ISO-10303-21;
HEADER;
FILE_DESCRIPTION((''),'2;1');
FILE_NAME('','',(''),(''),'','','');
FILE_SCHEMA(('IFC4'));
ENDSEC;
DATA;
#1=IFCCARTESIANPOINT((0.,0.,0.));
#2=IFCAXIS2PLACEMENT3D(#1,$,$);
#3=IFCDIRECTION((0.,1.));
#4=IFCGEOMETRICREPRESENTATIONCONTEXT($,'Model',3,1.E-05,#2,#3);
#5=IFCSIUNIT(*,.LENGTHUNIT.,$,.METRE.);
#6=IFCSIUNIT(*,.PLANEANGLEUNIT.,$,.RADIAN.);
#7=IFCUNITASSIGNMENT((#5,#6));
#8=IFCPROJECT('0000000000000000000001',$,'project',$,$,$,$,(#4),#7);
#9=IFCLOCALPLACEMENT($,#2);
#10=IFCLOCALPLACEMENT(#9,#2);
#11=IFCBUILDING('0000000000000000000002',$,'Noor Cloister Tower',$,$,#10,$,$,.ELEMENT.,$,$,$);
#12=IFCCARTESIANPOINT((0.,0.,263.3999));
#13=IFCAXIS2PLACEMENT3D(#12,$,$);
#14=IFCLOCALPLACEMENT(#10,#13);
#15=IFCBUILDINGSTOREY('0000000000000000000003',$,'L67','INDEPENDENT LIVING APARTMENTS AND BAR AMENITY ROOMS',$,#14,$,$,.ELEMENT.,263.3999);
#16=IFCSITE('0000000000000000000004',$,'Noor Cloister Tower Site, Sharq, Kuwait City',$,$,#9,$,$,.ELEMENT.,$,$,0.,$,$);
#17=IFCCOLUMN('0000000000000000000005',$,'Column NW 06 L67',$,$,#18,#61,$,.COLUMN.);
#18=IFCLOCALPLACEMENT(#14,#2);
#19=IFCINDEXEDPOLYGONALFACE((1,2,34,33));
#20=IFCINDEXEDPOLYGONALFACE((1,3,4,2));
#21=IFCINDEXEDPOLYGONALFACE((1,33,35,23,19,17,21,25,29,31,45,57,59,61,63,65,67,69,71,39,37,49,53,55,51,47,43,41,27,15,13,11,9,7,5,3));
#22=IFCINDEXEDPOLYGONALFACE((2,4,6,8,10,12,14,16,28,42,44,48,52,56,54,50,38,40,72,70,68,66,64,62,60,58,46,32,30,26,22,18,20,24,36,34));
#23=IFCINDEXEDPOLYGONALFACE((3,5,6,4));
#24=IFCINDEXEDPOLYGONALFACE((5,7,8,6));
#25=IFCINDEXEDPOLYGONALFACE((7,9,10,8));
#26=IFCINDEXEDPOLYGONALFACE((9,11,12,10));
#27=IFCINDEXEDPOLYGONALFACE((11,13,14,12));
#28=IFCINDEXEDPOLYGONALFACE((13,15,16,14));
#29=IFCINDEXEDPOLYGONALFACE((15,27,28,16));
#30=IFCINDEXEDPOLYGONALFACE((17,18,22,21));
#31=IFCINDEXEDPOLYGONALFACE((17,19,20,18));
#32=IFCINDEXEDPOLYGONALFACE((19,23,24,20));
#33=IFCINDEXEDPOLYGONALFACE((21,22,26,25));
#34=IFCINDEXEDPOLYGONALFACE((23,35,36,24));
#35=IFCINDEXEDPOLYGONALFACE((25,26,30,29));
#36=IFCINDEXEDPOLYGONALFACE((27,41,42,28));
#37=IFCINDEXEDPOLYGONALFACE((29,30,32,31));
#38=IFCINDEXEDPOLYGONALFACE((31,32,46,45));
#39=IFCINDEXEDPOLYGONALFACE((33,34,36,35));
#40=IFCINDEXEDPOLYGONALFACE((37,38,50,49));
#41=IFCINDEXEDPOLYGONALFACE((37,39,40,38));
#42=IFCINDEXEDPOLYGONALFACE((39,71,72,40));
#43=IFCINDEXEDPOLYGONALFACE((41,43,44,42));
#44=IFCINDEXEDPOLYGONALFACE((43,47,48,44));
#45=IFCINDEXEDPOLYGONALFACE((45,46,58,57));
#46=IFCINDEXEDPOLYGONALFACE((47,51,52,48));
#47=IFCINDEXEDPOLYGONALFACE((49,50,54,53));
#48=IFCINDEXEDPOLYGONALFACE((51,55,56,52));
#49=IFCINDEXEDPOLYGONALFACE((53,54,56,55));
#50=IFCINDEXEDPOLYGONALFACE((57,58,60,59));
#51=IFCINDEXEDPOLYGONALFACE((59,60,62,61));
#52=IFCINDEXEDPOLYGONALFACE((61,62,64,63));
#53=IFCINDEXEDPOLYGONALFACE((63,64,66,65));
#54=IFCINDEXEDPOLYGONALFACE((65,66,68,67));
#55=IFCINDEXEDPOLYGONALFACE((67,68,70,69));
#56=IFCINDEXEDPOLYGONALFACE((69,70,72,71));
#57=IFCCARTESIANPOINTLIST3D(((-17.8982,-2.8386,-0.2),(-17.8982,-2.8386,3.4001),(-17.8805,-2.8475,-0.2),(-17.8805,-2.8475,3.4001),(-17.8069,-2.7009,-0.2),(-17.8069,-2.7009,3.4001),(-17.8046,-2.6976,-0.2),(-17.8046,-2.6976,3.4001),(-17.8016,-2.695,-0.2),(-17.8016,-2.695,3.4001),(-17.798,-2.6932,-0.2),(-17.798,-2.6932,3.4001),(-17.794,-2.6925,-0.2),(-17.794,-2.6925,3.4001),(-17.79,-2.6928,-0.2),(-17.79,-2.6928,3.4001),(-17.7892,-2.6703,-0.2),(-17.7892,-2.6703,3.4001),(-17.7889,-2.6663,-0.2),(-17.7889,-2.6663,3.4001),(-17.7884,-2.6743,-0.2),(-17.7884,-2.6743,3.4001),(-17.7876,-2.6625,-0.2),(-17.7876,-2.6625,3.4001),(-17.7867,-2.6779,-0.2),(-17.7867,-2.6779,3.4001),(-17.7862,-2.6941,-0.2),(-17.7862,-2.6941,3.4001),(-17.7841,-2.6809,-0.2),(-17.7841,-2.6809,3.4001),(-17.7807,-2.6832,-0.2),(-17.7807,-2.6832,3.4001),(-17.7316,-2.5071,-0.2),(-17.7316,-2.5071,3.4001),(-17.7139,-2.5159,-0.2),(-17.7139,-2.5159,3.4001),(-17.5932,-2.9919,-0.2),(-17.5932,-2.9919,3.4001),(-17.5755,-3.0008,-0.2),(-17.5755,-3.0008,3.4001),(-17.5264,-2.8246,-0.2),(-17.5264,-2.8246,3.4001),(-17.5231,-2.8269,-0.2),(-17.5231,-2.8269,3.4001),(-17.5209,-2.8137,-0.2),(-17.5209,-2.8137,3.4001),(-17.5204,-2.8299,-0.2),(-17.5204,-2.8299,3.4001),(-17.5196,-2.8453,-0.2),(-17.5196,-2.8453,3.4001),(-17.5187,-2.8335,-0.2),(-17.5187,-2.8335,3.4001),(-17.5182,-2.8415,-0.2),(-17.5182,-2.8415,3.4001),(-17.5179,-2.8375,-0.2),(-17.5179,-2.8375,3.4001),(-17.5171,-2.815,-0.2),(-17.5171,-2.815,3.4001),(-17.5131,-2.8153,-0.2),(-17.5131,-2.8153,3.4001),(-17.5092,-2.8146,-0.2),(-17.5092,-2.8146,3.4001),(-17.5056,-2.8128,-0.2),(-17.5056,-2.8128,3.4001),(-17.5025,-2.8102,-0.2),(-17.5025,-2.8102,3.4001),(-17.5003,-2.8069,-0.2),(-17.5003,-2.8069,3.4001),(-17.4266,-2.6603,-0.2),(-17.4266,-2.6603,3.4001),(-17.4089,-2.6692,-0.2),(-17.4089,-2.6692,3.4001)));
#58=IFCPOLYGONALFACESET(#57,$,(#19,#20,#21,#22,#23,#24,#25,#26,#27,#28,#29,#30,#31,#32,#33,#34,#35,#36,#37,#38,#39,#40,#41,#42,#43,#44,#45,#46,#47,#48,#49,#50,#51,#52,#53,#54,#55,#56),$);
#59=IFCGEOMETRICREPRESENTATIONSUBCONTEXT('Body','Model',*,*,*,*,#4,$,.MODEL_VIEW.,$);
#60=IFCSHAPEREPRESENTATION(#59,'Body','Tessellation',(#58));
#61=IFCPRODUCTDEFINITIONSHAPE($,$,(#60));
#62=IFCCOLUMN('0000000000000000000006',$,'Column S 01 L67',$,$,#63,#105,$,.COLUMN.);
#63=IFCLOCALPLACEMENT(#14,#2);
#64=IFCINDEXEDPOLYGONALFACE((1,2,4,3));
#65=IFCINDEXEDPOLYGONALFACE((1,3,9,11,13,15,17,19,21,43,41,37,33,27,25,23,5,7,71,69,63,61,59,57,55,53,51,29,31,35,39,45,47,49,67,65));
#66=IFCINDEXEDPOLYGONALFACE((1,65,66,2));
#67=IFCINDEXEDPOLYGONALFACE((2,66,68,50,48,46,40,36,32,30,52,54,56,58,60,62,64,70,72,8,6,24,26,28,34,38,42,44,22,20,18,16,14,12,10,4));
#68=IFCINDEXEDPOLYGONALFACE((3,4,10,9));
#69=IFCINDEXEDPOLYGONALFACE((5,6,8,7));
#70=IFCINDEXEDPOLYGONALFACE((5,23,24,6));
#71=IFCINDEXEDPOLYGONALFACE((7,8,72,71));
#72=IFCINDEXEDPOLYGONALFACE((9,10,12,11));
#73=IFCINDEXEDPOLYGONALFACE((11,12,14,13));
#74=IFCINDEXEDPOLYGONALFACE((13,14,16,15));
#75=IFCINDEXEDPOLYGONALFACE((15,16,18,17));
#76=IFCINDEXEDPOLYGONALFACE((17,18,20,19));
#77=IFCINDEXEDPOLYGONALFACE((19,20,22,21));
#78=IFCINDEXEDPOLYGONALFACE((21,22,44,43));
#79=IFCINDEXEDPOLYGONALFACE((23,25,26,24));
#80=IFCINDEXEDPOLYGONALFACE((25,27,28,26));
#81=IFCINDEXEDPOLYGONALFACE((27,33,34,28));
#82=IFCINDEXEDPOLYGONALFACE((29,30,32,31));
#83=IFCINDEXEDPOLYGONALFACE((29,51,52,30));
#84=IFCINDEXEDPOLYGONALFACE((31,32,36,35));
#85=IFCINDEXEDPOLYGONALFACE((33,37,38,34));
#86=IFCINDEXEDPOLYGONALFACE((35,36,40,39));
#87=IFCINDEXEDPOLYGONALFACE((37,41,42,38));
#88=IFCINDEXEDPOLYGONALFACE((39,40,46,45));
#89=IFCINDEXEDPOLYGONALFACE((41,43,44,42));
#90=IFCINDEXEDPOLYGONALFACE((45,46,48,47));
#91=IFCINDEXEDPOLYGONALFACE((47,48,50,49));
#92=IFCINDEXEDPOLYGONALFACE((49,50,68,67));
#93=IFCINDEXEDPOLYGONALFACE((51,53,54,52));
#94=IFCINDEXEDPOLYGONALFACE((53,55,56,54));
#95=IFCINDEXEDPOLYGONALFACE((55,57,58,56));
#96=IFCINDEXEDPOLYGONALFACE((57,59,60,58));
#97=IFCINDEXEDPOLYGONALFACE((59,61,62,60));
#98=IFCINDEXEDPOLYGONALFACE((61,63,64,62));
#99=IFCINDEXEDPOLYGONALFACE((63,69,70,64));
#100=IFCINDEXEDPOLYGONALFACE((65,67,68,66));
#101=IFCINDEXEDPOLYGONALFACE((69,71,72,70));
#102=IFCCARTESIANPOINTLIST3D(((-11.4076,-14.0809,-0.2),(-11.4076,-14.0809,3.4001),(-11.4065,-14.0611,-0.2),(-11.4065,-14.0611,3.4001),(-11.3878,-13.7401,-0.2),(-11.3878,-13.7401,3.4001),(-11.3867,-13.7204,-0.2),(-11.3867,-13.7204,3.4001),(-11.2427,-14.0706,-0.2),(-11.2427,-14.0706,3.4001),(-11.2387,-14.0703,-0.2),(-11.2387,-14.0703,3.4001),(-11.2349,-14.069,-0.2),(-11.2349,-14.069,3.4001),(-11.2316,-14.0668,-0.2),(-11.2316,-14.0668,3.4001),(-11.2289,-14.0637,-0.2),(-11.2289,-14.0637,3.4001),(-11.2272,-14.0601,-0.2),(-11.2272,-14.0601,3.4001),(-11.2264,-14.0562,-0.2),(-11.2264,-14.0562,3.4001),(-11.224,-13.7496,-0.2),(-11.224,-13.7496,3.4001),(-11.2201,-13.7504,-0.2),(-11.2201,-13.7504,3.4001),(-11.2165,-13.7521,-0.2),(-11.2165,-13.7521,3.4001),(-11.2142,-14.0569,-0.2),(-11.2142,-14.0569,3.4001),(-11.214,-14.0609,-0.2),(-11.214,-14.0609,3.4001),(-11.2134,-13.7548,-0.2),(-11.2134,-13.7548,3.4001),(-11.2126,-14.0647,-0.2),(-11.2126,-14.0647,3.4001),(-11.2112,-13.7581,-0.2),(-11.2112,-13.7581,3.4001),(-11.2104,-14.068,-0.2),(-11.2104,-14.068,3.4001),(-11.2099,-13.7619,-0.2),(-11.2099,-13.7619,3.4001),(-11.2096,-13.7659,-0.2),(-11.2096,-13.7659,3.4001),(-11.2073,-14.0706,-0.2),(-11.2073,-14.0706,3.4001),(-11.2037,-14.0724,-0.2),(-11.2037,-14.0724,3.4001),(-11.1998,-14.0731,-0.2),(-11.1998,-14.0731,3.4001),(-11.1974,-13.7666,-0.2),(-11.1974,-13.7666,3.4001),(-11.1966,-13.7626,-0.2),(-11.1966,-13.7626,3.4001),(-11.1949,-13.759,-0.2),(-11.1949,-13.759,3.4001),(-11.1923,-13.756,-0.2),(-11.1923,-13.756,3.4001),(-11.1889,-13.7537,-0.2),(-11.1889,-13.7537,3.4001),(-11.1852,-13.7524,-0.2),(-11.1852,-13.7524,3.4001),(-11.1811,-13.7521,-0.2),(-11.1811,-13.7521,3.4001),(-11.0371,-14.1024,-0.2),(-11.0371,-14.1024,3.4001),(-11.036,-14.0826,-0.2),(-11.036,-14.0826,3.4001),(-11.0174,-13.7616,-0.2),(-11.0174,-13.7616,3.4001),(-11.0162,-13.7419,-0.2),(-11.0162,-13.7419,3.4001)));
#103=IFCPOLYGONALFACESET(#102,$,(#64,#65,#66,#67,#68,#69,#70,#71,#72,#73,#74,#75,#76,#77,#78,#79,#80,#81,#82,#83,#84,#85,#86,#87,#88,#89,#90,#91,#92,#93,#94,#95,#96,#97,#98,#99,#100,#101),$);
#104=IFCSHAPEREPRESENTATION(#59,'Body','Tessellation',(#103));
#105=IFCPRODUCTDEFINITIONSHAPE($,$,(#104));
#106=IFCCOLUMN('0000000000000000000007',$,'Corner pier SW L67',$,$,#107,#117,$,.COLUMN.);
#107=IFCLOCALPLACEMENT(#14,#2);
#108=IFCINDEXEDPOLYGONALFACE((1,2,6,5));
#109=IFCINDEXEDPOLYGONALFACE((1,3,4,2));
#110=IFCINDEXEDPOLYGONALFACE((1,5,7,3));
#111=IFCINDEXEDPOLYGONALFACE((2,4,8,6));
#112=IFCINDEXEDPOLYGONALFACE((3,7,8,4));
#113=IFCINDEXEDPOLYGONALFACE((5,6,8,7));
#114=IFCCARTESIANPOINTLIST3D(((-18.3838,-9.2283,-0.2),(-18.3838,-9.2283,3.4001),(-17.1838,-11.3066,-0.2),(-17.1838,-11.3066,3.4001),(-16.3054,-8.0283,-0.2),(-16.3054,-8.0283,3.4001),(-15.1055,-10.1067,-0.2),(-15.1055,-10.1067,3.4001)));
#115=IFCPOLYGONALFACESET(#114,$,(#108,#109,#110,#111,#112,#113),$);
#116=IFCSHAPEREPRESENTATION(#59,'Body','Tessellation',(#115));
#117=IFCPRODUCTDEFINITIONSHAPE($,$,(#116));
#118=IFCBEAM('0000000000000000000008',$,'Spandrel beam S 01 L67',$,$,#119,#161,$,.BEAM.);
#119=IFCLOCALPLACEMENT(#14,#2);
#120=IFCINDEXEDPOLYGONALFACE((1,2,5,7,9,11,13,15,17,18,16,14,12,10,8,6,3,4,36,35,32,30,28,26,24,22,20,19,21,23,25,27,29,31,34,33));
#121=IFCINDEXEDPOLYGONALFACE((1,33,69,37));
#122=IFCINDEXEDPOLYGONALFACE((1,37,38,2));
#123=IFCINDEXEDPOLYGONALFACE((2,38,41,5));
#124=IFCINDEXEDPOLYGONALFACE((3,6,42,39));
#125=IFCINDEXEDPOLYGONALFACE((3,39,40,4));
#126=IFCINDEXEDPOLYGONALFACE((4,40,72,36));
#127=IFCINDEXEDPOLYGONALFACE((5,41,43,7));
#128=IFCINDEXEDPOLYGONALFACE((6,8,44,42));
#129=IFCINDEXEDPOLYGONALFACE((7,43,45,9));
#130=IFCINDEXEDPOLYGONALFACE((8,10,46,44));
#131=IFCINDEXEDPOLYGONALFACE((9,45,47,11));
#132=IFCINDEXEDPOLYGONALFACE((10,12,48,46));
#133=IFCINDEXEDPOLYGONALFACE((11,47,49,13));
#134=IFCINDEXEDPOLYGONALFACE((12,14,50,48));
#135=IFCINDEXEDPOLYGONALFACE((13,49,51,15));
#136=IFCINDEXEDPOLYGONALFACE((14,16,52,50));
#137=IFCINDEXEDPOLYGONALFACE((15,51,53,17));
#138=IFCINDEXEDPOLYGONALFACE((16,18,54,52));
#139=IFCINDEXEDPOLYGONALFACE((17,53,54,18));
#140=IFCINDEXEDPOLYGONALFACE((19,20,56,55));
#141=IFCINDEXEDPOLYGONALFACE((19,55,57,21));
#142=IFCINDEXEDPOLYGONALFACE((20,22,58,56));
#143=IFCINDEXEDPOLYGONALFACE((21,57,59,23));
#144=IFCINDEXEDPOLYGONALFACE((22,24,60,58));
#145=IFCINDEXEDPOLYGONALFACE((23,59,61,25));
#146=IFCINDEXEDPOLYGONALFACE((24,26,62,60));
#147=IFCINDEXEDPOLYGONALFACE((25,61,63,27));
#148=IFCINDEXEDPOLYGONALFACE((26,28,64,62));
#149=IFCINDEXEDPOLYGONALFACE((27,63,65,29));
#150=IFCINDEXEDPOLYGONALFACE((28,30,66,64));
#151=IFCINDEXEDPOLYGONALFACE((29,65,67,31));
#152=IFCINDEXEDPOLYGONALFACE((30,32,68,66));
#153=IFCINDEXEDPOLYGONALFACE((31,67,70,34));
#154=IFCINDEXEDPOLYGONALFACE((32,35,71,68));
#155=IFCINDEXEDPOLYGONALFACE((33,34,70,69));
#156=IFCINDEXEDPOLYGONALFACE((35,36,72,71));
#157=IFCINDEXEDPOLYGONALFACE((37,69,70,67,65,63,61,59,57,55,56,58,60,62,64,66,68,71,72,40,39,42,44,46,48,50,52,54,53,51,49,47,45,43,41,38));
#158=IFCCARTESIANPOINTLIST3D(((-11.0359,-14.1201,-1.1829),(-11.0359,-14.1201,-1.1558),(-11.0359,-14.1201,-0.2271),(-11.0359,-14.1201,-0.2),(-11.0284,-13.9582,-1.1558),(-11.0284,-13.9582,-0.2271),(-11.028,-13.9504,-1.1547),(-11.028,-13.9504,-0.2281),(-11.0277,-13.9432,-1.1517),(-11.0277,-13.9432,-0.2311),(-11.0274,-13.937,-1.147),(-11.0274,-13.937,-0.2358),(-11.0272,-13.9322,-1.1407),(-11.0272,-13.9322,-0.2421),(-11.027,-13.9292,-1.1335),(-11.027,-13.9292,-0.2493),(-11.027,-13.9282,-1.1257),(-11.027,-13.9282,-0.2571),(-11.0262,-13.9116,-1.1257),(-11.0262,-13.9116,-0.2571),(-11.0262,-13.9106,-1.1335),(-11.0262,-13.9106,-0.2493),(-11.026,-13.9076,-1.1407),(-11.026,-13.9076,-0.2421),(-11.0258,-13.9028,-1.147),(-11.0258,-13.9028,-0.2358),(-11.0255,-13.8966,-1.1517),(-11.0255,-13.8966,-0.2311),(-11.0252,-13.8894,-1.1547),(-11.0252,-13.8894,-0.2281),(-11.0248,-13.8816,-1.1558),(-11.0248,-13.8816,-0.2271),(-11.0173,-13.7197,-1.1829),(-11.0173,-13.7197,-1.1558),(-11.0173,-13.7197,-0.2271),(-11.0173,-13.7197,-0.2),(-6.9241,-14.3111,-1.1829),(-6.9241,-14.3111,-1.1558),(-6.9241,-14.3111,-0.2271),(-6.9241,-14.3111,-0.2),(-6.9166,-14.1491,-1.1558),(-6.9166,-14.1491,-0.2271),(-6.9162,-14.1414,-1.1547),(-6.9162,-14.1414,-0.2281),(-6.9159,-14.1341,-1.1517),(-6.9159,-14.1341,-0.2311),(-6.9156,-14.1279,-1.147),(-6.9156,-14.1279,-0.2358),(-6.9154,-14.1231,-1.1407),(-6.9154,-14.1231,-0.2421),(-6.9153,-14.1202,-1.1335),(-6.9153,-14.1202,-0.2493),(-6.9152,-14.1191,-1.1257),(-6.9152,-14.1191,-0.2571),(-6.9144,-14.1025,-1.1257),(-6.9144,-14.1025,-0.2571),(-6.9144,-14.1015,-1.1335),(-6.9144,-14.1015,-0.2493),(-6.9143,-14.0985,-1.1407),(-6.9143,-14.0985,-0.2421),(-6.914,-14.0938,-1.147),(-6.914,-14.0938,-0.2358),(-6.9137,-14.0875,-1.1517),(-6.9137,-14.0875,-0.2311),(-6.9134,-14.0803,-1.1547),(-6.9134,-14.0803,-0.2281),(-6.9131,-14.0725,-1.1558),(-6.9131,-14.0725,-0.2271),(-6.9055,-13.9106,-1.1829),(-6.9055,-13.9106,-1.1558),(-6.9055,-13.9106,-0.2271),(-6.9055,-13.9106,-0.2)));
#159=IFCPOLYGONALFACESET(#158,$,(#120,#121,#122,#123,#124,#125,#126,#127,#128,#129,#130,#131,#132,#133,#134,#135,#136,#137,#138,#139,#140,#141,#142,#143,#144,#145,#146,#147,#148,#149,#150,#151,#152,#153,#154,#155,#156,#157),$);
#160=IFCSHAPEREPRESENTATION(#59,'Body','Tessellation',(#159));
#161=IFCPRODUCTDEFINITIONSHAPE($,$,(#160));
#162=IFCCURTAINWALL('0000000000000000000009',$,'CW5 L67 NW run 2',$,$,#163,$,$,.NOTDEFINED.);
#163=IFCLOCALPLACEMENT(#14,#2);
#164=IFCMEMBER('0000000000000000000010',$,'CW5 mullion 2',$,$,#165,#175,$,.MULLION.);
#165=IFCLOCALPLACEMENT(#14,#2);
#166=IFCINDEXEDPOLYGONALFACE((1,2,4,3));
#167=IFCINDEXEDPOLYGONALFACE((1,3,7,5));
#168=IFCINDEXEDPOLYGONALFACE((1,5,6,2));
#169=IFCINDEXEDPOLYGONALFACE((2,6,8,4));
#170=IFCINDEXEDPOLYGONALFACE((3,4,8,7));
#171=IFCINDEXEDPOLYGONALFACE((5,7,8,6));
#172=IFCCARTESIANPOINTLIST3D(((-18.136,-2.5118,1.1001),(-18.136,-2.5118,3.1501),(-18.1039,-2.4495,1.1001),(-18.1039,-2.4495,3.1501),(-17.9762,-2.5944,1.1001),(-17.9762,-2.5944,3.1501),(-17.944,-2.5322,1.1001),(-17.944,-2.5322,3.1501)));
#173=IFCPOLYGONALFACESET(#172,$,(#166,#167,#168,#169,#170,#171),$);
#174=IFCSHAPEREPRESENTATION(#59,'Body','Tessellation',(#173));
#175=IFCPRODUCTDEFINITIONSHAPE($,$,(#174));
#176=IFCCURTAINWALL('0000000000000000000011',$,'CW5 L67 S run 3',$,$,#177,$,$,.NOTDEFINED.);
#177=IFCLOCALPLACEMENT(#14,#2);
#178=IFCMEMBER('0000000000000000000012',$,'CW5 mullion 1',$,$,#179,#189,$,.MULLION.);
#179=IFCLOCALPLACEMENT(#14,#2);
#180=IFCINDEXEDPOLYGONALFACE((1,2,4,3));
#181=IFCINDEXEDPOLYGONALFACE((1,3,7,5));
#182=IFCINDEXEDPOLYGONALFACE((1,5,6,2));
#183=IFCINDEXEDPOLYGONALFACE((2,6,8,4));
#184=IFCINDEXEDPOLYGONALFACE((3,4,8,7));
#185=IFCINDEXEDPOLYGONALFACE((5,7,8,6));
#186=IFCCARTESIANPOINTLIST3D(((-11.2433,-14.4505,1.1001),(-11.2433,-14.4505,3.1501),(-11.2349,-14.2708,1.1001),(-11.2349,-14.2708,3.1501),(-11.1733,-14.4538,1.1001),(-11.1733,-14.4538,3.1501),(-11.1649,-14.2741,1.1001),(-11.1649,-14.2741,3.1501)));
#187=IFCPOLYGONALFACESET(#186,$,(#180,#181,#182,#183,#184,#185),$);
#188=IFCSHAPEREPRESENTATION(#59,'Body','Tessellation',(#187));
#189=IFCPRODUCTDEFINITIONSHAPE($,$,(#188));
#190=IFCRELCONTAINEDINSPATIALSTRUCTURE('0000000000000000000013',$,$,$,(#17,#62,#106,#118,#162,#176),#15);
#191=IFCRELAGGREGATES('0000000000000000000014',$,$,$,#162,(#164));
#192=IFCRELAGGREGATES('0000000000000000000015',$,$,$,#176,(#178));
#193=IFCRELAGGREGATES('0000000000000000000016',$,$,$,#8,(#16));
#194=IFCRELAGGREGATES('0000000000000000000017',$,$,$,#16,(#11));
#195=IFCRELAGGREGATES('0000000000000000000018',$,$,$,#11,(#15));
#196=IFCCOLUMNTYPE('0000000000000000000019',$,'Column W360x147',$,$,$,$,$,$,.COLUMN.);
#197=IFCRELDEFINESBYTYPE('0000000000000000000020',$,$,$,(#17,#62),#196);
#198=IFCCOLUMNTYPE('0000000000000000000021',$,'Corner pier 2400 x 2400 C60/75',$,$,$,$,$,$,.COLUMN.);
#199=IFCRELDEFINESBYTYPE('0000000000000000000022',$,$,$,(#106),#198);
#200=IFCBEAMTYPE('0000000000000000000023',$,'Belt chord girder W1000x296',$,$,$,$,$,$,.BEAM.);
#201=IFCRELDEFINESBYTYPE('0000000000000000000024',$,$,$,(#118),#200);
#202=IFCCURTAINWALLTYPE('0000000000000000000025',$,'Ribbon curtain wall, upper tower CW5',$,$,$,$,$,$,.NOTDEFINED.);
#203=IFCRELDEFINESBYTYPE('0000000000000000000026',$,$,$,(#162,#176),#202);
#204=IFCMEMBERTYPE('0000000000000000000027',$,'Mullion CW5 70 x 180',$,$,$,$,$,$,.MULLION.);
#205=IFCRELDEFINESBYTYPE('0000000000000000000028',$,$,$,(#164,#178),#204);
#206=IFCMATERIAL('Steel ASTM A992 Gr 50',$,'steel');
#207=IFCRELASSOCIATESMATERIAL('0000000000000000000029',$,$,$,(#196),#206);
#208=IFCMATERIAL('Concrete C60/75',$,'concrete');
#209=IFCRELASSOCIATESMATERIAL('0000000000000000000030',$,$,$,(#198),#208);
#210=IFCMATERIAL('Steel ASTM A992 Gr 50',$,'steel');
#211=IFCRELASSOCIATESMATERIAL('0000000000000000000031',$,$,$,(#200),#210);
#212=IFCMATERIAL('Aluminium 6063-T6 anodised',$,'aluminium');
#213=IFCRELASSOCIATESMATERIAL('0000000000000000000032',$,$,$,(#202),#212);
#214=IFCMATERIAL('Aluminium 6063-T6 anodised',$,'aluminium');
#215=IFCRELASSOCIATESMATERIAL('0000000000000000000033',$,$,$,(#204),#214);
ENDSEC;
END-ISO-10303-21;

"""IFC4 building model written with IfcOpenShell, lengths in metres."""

from ifc_helpers import new_model, si_unit, direction, frame, origin, origin_2d, place, context, subcontext, project, spatial, rectangle, i_section, extrude, material, material_profile, profile_set, type_object, element, aggregate, save


model = new_model("IFC4")

# Units and contexts
model_context = context("Model", 3, precision=1e-05, world=origin(), true_north=direction((0.0, 1.0)))
body_context = subcontext(model_context, "Body", "Model", "MODEL_VIEW")
ifc_project = project(units=[si_unit("LENGTHUNIT", "METRE"), si_unit("PLANEANGLEUNIT", "RADIAN")], contexts=[model_context])

# Site, building, storey
site_placement = place(None, origin())
site = spatial("IfcSite", under=ifc_project, at=site_placement, Name="Noor Cloister Tower Site, Sharq, Kuwait City", CompositionType="ELEMENT", RefElevation=0.0)
building_placement = place(site_placement, origin())
building = spatial("IfcBuilding", under=site, at=building_placement, Name="Noor Cloister Tower", CompositionType="ELEMENT")
storey_placement = place(building_placement, frame((0.0, 0.0, 263.3999)))
storey = spatial("IfcBuildingStorey", under=building, at=storey_placement, Name="L67", Description="INDEPENDENT LIVING APARTMENTS AND BAR AMENITY ROOMS", CompositionType="ELEMENT", Elevation=263.3999)

# Columns
ifc_material_1 = material(Name="Steel ASTM A992 Gr 50", Category="steel")
ifc_material_profile_1 = material_profile(ifc_material_1, i_section(OverallWidth=0.3711, OverallDepth=0.3611, WebThickness=0.0122, FlangeThickness=0.0198, FilletRadius=0.0154, at=origin_2d()), Name="W360x147")
ifc_profile_set_1 = profile_set([ifc_material_profile_1], Name="Steel ASTM A992 Gr 50")
column_type_1 = type_object("IfcColumnType", Name="Column W360x147", PredefinedType="COLUMN", material=ifc_profile_set_1)
for number, where, z_axis, x_axis, name in (
    (1, (-17.6536, -2.7539, -0.2), (0.0, 0.0, 1.0), (-0.448975, -0.893544, 0.0), "Column NW 06 L67"),
    (2, (-11.2119, -13.9114, -0.2), (0.0, 0.0, 1.0), (0.99832, -0.057948, 0.0), "Column S 01 L67"),
):
    element("IfcColumn", number, at=place(storey_placement, frame(where, z_axis=z_axis, x_axis=x_axis)), inside=storey, type_object=column_type_1, Name=name, PredefinedType="COLUMN", context=body_context, shape_type="SweptSolid", body=[
        extrude(i_section(OverallWidth=0.3711, OverallDepth=0.3611, WebThickness=0.0122, FlangeThickness=0.0198, FilletRadius=0.0154, at=origin_2d()), origin(), (0.0, 0.0, 1.0), 3.6001),
    ])
ifc_material_2 = material(Name="Concrete C60/75", Category="concrete")
ifc_material_profile_2 = material_profile(ifc_material_2, rectangle(XDim=2.3999, YDim=2.3999, at=origin_2d()), Name="RC 2400x2400")
ifc_profile_set_2 = profile_set([ifc_material_profile_2], Name="Concrete C60/75")
column_type_2 = type_object("IfcColumnType", Name="Corner pier 2400 x 2400 C60/75", PredefinedType="COLUMN", material=ifc_profile_set_2)
column_placement = place(storey_placement, frame((-16.7446, -9.6675, -0.2), z_axis=(0.0, 0.0, 1.0), x_axis=(-0.866025, -0.5, 0.0)))
element("IfcColumn", 3, at=column_placement, inside=storey, type_object=column_type_2, Name="Corner pier SW L67", PredefinedType="COLUMN", context=body_context, shape_type="SweptSolid", body=[
    extrude(rectangle(XDim=2.3999, YDim=2.3999, at=origin_2d()), origin(), (0.0, 0.0, 1.0), 3.6001),
])

# Beam
ifc_material_3 = material(Name="Steel ASTM A992 Gr 50", Category="steel")
ifc_material_profile_3 = material_profile(ifc_material_3, i_section(OverallWidth=0.4009, OverallDepth=0.9829, WebThickness=0.0166, FlangeThickness=0.0271, FilletRadius=0.03, at=origin_2d()), Name="W1000x296")
ifc_profile_set_3 = profile_set([ifc_material_profile_3], Name="Steel ASTM A992 Gr 50")
beam_type_1 = type_object("IfcBeamType", Name="Belt chord girder W1000x296", PredefinedType="BEAM", material=ifc_profile_set_3)
beam_1_placement = place(storey_placement, frame((-11.0266, -13.9199, -0.6914), z_axis=(0.998924, -0.046382, 0.0), x_axis=(0.046382, 0.998924, 0.0)))
element("IfcBeam", 4, at=beam_1_placement, inside=storey, type_object=beam_type_1, Name="Spandrel beam S 01 L67", PredefinedType="BEAM", context=body_context, shape_type="SweptSolid", body=[
    extrude(i_section(OverallWidth=0.4009, OverallDepth=0.9829, WebThickness=0.0166, FlangeThickness=0.0271, FilletRadius=0.03, at=origin_2d()), origin(), (0.0, 0.0, 1.0), 4.1162),
])

# Curtain walls, members
ifc_material_4 = material(Name="Aluminium 6063-T6 anodised", Category="aluminium")
curtain_wall_type = type_object("IfcCurtainWallType", Name="Ribbon curtain wall, upper tower CW5", PredefinedType="NOTDEFINED", material=ifc_material_4)
curtain_wall_1_placement = place(storey_placement, origin())
curtain_wall_1 = element("IfcCurtainWall", 5, at=curtain_wall_1_placement, inside=storey, type_object=curtain_wall_type, Name="CW5 L67 NW run 2", PredefinedType="NOTDEFINED")
ifc_material_5 = material(Name="Aluminium 6063-T6 anodised", Category="aluminium")
ifc_material_profile_4 = material_profile(ifc_material_5, rectangle(XDim=0.1799, YDim=0.0701, at=origin_2d()), Name="180 x 70 mullion")
ifc_profile_set_4 = profile_set([ifc_material_profile_4], Name="Aluminium 6063-T6 anodised")
member_type = type_object("IfcMemberType", Name="Mullion CW5 70 x 180", PredefinedType="MULLION", material=ifc_profile_set_4)
member_1_placement = place(storey_placement, frame((-18.04, -2.522, 1.1001), z_axis=(0.0, 0.0, 1.0), x_axis=(0.888278, -0.459306, 0.0)))
member_1 = element("IfcMember", 6, at=member_1_placement, type_object=member_type, Name="CW5 mullion 2", PredefinedType="MULLION", context=body_context, shape_type="SweptSolid", body=[
    extrude(rectangle(XDim=0.1799, YDim=0.0701, at=origin_2d()), origin(), (0.0, 0.0, 1.0), 2.05),
])
aggregate(curtain_wall_1, [member_1])
curtain_wall_2_placement = place(storey_placement, origin())
curtain_wall_2 = element("IfcCurtainWall", 7, at=curtain_wall_2_placement, inside=storey, type_object=curtain_wall_type, Name="CW5 L67 S run 3", PredefinedType="NOTDEFINED")
member_2_placement = place(storey_placement, frame((-11.2041, -14.3623, 1.1001), z_axis=(0.0, 0.0, 1.0), x_axis=(0.046368, 0.998924, 0.0)))
member_2 = element("IfcMember", 8, at=member_2_placement, type_object=member_type, Name="CW5 mullion 1", PredefinedType="MULLION", context=body_context, shape_type="SweptSolid", body=[
    extrude(rectangle(XDim=0.1799, YDim=0.0701, at=origin_2d()), origin(), (0.0, 0.0, 1.0), 2.05),
])
aggregate(curtain_wall_2, [member_2])

save(model, "model.ifc")
